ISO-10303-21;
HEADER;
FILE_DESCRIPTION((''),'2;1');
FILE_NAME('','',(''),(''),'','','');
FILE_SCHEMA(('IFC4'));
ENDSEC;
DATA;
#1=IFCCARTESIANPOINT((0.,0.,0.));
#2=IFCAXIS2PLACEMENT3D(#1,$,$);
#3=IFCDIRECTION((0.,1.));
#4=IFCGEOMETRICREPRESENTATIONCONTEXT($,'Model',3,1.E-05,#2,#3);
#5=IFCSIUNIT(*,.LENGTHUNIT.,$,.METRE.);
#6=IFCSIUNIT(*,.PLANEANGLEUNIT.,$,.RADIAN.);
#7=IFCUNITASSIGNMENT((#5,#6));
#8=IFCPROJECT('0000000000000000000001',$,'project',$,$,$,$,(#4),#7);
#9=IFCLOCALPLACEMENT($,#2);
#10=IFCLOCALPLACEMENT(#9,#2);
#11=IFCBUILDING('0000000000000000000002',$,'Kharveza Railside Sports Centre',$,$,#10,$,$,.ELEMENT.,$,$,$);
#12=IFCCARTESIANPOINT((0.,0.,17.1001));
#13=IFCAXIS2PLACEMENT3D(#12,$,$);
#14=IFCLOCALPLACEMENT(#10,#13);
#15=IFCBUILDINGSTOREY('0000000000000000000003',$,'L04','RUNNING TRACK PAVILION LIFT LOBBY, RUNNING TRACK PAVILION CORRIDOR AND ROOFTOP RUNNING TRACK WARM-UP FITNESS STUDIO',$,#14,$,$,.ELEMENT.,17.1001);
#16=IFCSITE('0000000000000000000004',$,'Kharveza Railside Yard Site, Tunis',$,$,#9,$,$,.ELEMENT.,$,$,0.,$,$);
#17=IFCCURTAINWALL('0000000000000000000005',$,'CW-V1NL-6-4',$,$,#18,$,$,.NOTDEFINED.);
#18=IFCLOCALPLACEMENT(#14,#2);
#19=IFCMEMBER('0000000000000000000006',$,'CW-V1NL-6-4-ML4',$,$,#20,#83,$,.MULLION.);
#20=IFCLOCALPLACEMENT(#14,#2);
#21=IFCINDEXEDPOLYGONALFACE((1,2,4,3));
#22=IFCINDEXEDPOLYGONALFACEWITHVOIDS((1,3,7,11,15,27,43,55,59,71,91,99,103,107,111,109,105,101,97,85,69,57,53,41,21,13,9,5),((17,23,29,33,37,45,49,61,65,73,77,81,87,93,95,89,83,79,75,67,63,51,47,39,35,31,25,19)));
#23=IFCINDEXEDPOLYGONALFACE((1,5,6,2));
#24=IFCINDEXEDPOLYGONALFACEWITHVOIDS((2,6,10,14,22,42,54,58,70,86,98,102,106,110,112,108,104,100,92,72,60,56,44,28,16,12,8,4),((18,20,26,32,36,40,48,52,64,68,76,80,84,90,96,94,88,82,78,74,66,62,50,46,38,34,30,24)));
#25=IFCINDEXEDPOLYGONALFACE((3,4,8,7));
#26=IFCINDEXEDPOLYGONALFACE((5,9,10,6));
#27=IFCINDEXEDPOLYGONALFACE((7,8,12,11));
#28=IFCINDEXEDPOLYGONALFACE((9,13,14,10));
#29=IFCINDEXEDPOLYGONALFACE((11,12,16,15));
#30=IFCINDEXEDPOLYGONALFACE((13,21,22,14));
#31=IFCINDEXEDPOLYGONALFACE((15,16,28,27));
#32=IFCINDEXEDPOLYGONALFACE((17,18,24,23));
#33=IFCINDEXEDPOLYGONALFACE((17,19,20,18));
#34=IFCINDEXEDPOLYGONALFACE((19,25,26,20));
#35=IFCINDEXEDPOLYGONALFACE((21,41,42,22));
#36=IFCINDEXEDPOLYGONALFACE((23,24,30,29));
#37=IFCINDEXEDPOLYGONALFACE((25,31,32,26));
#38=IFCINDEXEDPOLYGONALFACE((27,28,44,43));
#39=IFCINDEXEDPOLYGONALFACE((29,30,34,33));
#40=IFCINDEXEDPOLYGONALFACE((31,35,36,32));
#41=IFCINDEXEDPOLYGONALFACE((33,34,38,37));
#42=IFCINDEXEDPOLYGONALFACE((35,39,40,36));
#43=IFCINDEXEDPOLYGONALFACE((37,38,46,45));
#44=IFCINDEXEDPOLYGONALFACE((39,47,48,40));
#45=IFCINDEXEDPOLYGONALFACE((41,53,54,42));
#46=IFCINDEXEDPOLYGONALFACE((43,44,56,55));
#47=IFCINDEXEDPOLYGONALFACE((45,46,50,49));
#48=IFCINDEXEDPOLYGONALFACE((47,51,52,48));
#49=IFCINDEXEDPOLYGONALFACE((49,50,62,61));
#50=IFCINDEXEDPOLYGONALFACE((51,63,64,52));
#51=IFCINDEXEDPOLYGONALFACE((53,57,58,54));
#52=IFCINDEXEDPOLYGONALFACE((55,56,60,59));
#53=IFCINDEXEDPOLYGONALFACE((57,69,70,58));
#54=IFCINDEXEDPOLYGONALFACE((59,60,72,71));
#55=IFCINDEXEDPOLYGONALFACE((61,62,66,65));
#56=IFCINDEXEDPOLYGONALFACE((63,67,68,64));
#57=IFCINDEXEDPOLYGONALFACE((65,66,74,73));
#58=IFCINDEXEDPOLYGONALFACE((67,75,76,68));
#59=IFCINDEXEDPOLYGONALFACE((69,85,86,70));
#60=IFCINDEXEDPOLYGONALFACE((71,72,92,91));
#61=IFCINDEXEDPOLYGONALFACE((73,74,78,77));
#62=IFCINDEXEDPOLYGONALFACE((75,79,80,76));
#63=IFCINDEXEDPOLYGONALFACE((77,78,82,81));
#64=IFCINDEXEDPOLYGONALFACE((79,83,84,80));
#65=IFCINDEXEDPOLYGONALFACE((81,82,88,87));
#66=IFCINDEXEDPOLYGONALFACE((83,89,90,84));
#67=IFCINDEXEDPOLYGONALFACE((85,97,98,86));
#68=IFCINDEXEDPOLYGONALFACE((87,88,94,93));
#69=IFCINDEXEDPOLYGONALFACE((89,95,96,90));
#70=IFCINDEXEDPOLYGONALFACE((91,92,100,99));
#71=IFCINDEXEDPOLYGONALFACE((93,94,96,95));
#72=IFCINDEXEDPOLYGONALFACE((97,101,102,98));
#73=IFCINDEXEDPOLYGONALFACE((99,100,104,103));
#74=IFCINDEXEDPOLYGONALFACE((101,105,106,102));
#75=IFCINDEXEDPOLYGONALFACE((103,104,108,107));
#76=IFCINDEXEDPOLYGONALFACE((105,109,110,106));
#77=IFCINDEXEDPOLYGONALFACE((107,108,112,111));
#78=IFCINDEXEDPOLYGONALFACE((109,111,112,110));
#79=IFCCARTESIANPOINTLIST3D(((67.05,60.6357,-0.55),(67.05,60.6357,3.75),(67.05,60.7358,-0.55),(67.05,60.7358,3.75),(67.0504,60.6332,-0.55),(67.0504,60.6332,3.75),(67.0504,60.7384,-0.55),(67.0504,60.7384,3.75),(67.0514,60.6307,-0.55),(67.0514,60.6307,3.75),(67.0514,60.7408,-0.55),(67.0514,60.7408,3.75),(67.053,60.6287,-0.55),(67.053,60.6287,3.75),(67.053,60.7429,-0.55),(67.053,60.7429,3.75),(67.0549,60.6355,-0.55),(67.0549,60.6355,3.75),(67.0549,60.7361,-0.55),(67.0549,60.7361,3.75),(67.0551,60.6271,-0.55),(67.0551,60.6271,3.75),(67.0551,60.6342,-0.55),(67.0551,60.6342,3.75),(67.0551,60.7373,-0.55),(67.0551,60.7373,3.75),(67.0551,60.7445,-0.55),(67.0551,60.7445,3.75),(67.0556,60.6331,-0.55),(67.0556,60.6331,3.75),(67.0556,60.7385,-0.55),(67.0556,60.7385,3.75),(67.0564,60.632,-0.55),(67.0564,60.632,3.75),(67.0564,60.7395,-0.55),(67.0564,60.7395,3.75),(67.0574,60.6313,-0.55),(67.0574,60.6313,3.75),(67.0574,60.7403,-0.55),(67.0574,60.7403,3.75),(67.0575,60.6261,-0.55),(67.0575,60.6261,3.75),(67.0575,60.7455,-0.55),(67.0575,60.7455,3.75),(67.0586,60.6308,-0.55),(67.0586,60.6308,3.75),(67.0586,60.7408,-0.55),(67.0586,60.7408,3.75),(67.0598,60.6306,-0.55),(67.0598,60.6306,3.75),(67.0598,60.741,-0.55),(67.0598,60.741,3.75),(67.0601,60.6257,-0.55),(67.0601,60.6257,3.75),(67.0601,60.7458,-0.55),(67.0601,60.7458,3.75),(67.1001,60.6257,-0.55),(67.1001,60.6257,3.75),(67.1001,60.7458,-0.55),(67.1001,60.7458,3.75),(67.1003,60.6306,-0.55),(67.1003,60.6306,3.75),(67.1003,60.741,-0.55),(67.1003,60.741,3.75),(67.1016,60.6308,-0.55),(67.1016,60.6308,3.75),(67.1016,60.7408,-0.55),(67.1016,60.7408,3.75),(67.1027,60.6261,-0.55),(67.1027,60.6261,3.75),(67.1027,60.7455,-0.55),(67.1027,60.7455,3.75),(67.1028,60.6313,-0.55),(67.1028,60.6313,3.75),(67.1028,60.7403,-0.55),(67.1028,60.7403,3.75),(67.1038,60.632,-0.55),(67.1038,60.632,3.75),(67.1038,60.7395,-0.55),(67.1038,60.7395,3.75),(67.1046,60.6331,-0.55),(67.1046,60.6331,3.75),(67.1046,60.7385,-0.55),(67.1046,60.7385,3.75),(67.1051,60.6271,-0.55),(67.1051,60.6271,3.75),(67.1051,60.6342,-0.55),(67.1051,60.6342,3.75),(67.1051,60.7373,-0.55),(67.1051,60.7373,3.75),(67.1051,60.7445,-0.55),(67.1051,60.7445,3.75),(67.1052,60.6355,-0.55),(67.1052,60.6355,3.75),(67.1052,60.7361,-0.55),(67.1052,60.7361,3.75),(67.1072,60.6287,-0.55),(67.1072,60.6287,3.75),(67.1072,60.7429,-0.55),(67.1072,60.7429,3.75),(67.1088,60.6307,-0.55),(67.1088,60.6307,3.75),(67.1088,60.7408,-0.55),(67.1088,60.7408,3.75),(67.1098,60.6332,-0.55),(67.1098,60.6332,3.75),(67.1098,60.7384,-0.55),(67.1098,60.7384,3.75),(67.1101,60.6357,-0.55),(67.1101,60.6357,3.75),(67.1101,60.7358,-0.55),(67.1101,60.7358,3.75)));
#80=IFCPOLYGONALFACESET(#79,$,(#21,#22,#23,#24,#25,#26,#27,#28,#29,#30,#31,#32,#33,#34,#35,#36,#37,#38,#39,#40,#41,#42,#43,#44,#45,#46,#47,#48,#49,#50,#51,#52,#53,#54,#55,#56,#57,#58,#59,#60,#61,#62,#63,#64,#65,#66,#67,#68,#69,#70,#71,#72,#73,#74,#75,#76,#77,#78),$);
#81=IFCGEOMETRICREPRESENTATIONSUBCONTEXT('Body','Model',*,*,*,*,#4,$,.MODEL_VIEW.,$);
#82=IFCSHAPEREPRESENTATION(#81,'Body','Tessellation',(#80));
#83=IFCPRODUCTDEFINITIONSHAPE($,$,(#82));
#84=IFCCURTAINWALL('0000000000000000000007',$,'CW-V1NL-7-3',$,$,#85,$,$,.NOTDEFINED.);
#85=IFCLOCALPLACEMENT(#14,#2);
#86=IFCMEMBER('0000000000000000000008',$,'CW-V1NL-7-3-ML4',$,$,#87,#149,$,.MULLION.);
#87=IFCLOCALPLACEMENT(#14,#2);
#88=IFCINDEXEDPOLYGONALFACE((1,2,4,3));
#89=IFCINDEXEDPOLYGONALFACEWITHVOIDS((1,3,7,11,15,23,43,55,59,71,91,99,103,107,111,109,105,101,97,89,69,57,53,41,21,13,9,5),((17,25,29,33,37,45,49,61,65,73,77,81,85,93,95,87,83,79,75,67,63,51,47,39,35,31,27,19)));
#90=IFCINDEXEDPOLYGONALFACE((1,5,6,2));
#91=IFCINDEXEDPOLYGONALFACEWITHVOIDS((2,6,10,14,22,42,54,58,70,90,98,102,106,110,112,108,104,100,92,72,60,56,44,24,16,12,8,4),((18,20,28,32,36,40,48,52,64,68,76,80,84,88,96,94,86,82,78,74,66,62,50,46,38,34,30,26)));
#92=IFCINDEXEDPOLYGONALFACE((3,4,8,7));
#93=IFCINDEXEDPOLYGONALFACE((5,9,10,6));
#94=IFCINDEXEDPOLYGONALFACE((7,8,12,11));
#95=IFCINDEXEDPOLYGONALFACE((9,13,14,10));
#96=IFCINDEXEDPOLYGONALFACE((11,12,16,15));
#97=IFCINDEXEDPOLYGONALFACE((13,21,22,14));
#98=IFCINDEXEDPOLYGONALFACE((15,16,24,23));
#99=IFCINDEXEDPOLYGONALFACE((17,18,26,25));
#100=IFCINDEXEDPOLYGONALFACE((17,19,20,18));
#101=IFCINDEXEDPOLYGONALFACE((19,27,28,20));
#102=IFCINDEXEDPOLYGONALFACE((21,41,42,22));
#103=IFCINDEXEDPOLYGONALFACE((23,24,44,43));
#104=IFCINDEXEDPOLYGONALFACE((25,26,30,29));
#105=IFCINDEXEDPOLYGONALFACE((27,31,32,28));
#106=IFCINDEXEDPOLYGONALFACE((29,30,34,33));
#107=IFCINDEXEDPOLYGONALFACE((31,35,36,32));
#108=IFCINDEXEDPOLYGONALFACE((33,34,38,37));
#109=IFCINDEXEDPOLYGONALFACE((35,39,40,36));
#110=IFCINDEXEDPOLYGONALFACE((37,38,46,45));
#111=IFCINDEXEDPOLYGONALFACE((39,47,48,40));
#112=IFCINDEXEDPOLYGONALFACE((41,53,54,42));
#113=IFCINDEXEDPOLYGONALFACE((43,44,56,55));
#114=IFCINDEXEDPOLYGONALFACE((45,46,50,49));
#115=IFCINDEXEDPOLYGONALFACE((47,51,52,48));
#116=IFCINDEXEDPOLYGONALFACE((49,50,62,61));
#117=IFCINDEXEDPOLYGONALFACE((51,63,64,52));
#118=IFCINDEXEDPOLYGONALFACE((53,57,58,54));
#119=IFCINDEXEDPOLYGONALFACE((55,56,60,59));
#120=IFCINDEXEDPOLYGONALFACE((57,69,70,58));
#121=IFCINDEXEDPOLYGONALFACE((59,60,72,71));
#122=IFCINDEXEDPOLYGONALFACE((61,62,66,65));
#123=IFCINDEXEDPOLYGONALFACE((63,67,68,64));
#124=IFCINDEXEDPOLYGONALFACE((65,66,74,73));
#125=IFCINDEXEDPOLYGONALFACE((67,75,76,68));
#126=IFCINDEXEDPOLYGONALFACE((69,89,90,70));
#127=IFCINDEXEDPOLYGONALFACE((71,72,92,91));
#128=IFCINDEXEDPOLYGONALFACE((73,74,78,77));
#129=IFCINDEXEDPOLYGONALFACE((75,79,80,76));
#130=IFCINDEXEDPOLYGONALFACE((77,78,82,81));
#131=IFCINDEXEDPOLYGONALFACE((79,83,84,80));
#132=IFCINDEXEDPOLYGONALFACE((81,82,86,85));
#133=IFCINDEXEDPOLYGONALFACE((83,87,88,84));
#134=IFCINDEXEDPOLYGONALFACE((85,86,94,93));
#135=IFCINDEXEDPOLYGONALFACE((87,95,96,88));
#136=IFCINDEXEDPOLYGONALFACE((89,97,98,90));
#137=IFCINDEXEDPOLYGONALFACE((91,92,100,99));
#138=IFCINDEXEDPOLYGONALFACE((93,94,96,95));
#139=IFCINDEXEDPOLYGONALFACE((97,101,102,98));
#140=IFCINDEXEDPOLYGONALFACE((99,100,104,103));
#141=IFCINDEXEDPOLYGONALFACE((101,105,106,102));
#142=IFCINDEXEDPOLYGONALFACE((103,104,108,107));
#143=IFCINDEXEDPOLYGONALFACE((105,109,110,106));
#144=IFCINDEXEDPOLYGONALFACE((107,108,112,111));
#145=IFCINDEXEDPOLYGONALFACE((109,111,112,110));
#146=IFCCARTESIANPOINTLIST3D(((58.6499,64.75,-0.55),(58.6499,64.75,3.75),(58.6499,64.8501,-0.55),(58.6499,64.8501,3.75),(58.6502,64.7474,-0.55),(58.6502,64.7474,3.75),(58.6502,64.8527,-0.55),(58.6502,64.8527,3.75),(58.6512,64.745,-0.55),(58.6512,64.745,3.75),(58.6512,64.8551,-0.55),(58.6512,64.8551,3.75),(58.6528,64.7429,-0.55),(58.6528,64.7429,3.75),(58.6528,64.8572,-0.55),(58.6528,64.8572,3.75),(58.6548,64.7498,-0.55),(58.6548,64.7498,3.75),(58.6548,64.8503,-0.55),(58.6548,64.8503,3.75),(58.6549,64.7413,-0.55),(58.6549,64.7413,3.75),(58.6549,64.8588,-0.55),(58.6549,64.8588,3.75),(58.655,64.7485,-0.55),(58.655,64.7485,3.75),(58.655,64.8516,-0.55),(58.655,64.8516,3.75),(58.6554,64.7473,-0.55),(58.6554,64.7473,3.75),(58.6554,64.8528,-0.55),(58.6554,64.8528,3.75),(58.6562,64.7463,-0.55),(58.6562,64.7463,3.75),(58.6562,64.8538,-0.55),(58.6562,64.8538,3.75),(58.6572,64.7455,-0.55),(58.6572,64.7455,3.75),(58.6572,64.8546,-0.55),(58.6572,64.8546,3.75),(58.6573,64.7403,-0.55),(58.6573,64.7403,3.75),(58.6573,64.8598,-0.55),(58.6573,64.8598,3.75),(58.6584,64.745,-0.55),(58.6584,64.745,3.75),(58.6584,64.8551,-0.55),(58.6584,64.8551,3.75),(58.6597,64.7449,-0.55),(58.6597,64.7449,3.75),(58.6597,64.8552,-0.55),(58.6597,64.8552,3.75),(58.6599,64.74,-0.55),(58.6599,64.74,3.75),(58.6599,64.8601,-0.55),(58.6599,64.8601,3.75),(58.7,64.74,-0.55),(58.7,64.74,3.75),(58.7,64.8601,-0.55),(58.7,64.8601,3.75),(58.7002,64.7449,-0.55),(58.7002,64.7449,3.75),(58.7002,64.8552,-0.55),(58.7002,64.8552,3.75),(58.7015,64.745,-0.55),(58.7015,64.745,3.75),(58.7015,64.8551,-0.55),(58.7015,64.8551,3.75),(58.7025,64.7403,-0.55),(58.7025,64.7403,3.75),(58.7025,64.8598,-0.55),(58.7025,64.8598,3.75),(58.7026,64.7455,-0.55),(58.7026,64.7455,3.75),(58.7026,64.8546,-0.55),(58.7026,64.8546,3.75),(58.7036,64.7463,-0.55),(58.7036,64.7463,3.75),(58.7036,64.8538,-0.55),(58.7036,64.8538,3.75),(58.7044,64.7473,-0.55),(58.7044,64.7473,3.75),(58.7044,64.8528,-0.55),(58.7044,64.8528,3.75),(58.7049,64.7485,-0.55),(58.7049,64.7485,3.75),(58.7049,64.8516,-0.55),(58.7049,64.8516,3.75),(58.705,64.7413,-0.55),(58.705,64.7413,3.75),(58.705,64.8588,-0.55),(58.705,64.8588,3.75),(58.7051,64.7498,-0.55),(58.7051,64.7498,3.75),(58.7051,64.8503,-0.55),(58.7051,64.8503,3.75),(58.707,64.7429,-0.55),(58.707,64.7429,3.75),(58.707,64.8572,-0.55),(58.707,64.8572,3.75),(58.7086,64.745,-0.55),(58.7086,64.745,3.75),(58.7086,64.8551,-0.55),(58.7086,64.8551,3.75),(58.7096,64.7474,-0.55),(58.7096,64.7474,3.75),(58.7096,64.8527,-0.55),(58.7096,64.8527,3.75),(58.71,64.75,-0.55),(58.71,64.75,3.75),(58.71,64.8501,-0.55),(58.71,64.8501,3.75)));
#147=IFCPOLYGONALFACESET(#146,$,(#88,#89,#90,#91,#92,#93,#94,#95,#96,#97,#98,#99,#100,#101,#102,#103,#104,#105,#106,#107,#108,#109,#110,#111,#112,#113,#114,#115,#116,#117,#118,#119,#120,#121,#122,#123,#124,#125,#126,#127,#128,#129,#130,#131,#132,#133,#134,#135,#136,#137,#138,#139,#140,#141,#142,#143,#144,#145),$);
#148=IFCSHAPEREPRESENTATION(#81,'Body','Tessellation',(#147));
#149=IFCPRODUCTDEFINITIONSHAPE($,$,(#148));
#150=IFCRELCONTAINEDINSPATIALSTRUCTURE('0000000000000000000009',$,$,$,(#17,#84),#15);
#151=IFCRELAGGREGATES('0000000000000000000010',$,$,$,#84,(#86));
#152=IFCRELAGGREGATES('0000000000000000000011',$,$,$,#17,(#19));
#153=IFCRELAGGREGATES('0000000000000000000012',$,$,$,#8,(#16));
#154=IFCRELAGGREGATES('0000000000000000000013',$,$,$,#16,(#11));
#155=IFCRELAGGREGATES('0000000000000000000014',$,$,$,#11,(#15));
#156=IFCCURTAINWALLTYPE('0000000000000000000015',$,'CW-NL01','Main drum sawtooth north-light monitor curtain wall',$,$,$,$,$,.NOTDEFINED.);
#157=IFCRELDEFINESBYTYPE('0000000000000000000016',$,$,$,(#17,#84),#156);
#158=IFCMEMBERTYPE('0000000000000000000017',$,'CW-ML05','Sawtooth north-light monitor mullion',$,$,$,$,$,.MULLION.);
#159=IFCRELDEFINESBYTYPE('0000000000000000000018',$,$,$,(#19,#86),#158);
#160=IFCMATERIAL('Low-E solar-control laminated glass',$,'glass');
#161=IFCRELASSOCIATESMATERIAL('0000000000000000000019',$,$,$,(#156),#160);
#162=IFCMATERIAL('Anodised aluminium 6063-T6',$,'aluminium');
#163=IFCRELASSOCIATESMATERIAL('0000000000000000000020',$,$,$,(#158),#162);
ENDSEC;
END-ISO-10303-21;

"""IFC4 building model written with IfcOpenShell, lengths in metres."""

from ifc_helpers import new_model, si_unit, direction, frame, origin, origin_2d, place, context, subcontext, project, spatial, hollow_rectangle, extrude, material, material_profile, profile_set, type_object, element, aggregate, save


model = new_model("IFC4")

# Units and contexts
model_context = context("Model", 3, precision=1e-05, world=origin(), true_north=direction((0.0, 1.0)))
body_context = subcontext(model_context, "Body", "Model", "MODEL_VIEW")
ifc_project = project(units=[si_unit("LENGTHUNIT", "METRE"), si_unit("PLANEANGLEUNIT", "RADIAN")], contexts=[model_context])

# Site, building, storey
site_placement = place(None, origin())
site = spatial("IfcSite", under=ifc_project, at=site_placement, Name="Kharveza Railside Yard Site, Tunis", CompositionType="ELEMENT", RefElevation=0.0)
building_placement = place(site_placement, origin())
building = spatial("IfcBuilding", under=site, at=building_placement, Name="Kharveza Railside Sports Centre", CompositionType="ELEMENT")
storey_placement = place(building_placement, frame((0.0, 0.0, 17.1001)))
storey = spatial("IfcBuildingStorey", under=building, at=storey_placement, Name="L04", Description="RUNNING TRACK PAVILION LIFT LOBBY, RUNNING TRACK PAVILION CORRIDOR AND ROOFTOP RUNNING TRACK WARM-UP FITNESS STUDIO", CompositionType="ELEMENT", Elevation=17.1001)

# Curtain wall, member
ifc_material_1 = material(Name="Low-E solar-control laminated glass", Category="glass")
curtain_wall_type = type_object("IfcCurtainWallType", Name="CW-NL01", Description="Main drum sawtooth north-light monitor curtain wall", PredefinedType="NOTDEFINED", material=ifc_material_1)
curtain_wall_1_placement = place(storey_placement, origin())
curtain_wall_1 = element("IfcCurtainWall", 1, at=curtain_wall_1_placement, inside=storey, type_object=curtain_wall_type, Name="CW-V1NL-6-4", PredefinedType="NOTDEFINED")
ifc_material_2 = material(Name="Anodised aluminium 6063-T6", Category="aluminium")
ifc_material_profile_1 = material_profile(ifc_material_2, hollow_rectangle(XDim=0.0601, YDim=0.1201, WallThickness=0.0049, InnerFilletRadius=0.0049, OuterFilletRadius=0.01, at=origin_2d()), Name="RHS 60x120x5.0")
ifc_profile_set_1 = profile_set([ifc_material_profile_1], Name="Anodised aluminium 6063-T6")
member_type_1 = type_object("IfcMemberType", Name="CW-ML05", Description="Sawtooth north-light monitor mullion", PredefinedType="MULLION", material=ifc_profile_set_1)
member_1_placement = place(storey_placement, frame((67.0801, 60.6858, -0.55), z_axis=(0.0, 0.0, 1.0), x_axis=(1.0, 0.0, 0.0)))
member_1 = element("IfcMember", 2, at=member_1_placement, type_object=member_type_1, Name="CW-V1NL-6-4-ML4", PredefinedType="MULLION", context=body_context, shape_type="SweptSolid", body=[
    extrude(hollow_rectangle(XDim=0.0601, YDim=0.1201, WallThickness=0.0049, InnerFilletRadius=0.0049, OuterFilletRadius=0.01, at=origin_2d()), origin(), (0.0, 0.0, 1.0), 4.3),
])

# Curtain wall, member
curtain_wall_2_placement = place(storey_placement, origin())
curtain_wall_2 = element("IfcCurtainWall", 3, at=curtain_wall_2_placement, inside=storey, type_object=curtain_wall_type, Name="CW-V1NL-7-3", PredefinedType="NOTDEFINED")
member_2_placement = place(storey_placement, frame((58.6799, 64.8, -0.55), z_axis=(0.0, 0.0, 1.0), x_axis=(1.0, 0.0, 0.0)))
member_2 = element("IfcMember", 4, at=member_2_placement, type_object=member_type_1, Name="CW-V1NL-7-3-ML4", PredefinedType="MULLION", context=body_context, shape_type="SweptSolid", body=[
    extrude(hollow_rectangle(XDim=0.0601, YDim=0.1201, WallThickness=0.0049, InnerFilletRadius=0.0049, OuterFilletRadius=0.01, at=origin_2d()), origin(), (0.0, 0.0, 1.0), 4.3),
])
aggregate(curtain_wall_2, [member_2])

aggregate(curtain_wall_1, [member_1])

save(model, "model.ifc")
